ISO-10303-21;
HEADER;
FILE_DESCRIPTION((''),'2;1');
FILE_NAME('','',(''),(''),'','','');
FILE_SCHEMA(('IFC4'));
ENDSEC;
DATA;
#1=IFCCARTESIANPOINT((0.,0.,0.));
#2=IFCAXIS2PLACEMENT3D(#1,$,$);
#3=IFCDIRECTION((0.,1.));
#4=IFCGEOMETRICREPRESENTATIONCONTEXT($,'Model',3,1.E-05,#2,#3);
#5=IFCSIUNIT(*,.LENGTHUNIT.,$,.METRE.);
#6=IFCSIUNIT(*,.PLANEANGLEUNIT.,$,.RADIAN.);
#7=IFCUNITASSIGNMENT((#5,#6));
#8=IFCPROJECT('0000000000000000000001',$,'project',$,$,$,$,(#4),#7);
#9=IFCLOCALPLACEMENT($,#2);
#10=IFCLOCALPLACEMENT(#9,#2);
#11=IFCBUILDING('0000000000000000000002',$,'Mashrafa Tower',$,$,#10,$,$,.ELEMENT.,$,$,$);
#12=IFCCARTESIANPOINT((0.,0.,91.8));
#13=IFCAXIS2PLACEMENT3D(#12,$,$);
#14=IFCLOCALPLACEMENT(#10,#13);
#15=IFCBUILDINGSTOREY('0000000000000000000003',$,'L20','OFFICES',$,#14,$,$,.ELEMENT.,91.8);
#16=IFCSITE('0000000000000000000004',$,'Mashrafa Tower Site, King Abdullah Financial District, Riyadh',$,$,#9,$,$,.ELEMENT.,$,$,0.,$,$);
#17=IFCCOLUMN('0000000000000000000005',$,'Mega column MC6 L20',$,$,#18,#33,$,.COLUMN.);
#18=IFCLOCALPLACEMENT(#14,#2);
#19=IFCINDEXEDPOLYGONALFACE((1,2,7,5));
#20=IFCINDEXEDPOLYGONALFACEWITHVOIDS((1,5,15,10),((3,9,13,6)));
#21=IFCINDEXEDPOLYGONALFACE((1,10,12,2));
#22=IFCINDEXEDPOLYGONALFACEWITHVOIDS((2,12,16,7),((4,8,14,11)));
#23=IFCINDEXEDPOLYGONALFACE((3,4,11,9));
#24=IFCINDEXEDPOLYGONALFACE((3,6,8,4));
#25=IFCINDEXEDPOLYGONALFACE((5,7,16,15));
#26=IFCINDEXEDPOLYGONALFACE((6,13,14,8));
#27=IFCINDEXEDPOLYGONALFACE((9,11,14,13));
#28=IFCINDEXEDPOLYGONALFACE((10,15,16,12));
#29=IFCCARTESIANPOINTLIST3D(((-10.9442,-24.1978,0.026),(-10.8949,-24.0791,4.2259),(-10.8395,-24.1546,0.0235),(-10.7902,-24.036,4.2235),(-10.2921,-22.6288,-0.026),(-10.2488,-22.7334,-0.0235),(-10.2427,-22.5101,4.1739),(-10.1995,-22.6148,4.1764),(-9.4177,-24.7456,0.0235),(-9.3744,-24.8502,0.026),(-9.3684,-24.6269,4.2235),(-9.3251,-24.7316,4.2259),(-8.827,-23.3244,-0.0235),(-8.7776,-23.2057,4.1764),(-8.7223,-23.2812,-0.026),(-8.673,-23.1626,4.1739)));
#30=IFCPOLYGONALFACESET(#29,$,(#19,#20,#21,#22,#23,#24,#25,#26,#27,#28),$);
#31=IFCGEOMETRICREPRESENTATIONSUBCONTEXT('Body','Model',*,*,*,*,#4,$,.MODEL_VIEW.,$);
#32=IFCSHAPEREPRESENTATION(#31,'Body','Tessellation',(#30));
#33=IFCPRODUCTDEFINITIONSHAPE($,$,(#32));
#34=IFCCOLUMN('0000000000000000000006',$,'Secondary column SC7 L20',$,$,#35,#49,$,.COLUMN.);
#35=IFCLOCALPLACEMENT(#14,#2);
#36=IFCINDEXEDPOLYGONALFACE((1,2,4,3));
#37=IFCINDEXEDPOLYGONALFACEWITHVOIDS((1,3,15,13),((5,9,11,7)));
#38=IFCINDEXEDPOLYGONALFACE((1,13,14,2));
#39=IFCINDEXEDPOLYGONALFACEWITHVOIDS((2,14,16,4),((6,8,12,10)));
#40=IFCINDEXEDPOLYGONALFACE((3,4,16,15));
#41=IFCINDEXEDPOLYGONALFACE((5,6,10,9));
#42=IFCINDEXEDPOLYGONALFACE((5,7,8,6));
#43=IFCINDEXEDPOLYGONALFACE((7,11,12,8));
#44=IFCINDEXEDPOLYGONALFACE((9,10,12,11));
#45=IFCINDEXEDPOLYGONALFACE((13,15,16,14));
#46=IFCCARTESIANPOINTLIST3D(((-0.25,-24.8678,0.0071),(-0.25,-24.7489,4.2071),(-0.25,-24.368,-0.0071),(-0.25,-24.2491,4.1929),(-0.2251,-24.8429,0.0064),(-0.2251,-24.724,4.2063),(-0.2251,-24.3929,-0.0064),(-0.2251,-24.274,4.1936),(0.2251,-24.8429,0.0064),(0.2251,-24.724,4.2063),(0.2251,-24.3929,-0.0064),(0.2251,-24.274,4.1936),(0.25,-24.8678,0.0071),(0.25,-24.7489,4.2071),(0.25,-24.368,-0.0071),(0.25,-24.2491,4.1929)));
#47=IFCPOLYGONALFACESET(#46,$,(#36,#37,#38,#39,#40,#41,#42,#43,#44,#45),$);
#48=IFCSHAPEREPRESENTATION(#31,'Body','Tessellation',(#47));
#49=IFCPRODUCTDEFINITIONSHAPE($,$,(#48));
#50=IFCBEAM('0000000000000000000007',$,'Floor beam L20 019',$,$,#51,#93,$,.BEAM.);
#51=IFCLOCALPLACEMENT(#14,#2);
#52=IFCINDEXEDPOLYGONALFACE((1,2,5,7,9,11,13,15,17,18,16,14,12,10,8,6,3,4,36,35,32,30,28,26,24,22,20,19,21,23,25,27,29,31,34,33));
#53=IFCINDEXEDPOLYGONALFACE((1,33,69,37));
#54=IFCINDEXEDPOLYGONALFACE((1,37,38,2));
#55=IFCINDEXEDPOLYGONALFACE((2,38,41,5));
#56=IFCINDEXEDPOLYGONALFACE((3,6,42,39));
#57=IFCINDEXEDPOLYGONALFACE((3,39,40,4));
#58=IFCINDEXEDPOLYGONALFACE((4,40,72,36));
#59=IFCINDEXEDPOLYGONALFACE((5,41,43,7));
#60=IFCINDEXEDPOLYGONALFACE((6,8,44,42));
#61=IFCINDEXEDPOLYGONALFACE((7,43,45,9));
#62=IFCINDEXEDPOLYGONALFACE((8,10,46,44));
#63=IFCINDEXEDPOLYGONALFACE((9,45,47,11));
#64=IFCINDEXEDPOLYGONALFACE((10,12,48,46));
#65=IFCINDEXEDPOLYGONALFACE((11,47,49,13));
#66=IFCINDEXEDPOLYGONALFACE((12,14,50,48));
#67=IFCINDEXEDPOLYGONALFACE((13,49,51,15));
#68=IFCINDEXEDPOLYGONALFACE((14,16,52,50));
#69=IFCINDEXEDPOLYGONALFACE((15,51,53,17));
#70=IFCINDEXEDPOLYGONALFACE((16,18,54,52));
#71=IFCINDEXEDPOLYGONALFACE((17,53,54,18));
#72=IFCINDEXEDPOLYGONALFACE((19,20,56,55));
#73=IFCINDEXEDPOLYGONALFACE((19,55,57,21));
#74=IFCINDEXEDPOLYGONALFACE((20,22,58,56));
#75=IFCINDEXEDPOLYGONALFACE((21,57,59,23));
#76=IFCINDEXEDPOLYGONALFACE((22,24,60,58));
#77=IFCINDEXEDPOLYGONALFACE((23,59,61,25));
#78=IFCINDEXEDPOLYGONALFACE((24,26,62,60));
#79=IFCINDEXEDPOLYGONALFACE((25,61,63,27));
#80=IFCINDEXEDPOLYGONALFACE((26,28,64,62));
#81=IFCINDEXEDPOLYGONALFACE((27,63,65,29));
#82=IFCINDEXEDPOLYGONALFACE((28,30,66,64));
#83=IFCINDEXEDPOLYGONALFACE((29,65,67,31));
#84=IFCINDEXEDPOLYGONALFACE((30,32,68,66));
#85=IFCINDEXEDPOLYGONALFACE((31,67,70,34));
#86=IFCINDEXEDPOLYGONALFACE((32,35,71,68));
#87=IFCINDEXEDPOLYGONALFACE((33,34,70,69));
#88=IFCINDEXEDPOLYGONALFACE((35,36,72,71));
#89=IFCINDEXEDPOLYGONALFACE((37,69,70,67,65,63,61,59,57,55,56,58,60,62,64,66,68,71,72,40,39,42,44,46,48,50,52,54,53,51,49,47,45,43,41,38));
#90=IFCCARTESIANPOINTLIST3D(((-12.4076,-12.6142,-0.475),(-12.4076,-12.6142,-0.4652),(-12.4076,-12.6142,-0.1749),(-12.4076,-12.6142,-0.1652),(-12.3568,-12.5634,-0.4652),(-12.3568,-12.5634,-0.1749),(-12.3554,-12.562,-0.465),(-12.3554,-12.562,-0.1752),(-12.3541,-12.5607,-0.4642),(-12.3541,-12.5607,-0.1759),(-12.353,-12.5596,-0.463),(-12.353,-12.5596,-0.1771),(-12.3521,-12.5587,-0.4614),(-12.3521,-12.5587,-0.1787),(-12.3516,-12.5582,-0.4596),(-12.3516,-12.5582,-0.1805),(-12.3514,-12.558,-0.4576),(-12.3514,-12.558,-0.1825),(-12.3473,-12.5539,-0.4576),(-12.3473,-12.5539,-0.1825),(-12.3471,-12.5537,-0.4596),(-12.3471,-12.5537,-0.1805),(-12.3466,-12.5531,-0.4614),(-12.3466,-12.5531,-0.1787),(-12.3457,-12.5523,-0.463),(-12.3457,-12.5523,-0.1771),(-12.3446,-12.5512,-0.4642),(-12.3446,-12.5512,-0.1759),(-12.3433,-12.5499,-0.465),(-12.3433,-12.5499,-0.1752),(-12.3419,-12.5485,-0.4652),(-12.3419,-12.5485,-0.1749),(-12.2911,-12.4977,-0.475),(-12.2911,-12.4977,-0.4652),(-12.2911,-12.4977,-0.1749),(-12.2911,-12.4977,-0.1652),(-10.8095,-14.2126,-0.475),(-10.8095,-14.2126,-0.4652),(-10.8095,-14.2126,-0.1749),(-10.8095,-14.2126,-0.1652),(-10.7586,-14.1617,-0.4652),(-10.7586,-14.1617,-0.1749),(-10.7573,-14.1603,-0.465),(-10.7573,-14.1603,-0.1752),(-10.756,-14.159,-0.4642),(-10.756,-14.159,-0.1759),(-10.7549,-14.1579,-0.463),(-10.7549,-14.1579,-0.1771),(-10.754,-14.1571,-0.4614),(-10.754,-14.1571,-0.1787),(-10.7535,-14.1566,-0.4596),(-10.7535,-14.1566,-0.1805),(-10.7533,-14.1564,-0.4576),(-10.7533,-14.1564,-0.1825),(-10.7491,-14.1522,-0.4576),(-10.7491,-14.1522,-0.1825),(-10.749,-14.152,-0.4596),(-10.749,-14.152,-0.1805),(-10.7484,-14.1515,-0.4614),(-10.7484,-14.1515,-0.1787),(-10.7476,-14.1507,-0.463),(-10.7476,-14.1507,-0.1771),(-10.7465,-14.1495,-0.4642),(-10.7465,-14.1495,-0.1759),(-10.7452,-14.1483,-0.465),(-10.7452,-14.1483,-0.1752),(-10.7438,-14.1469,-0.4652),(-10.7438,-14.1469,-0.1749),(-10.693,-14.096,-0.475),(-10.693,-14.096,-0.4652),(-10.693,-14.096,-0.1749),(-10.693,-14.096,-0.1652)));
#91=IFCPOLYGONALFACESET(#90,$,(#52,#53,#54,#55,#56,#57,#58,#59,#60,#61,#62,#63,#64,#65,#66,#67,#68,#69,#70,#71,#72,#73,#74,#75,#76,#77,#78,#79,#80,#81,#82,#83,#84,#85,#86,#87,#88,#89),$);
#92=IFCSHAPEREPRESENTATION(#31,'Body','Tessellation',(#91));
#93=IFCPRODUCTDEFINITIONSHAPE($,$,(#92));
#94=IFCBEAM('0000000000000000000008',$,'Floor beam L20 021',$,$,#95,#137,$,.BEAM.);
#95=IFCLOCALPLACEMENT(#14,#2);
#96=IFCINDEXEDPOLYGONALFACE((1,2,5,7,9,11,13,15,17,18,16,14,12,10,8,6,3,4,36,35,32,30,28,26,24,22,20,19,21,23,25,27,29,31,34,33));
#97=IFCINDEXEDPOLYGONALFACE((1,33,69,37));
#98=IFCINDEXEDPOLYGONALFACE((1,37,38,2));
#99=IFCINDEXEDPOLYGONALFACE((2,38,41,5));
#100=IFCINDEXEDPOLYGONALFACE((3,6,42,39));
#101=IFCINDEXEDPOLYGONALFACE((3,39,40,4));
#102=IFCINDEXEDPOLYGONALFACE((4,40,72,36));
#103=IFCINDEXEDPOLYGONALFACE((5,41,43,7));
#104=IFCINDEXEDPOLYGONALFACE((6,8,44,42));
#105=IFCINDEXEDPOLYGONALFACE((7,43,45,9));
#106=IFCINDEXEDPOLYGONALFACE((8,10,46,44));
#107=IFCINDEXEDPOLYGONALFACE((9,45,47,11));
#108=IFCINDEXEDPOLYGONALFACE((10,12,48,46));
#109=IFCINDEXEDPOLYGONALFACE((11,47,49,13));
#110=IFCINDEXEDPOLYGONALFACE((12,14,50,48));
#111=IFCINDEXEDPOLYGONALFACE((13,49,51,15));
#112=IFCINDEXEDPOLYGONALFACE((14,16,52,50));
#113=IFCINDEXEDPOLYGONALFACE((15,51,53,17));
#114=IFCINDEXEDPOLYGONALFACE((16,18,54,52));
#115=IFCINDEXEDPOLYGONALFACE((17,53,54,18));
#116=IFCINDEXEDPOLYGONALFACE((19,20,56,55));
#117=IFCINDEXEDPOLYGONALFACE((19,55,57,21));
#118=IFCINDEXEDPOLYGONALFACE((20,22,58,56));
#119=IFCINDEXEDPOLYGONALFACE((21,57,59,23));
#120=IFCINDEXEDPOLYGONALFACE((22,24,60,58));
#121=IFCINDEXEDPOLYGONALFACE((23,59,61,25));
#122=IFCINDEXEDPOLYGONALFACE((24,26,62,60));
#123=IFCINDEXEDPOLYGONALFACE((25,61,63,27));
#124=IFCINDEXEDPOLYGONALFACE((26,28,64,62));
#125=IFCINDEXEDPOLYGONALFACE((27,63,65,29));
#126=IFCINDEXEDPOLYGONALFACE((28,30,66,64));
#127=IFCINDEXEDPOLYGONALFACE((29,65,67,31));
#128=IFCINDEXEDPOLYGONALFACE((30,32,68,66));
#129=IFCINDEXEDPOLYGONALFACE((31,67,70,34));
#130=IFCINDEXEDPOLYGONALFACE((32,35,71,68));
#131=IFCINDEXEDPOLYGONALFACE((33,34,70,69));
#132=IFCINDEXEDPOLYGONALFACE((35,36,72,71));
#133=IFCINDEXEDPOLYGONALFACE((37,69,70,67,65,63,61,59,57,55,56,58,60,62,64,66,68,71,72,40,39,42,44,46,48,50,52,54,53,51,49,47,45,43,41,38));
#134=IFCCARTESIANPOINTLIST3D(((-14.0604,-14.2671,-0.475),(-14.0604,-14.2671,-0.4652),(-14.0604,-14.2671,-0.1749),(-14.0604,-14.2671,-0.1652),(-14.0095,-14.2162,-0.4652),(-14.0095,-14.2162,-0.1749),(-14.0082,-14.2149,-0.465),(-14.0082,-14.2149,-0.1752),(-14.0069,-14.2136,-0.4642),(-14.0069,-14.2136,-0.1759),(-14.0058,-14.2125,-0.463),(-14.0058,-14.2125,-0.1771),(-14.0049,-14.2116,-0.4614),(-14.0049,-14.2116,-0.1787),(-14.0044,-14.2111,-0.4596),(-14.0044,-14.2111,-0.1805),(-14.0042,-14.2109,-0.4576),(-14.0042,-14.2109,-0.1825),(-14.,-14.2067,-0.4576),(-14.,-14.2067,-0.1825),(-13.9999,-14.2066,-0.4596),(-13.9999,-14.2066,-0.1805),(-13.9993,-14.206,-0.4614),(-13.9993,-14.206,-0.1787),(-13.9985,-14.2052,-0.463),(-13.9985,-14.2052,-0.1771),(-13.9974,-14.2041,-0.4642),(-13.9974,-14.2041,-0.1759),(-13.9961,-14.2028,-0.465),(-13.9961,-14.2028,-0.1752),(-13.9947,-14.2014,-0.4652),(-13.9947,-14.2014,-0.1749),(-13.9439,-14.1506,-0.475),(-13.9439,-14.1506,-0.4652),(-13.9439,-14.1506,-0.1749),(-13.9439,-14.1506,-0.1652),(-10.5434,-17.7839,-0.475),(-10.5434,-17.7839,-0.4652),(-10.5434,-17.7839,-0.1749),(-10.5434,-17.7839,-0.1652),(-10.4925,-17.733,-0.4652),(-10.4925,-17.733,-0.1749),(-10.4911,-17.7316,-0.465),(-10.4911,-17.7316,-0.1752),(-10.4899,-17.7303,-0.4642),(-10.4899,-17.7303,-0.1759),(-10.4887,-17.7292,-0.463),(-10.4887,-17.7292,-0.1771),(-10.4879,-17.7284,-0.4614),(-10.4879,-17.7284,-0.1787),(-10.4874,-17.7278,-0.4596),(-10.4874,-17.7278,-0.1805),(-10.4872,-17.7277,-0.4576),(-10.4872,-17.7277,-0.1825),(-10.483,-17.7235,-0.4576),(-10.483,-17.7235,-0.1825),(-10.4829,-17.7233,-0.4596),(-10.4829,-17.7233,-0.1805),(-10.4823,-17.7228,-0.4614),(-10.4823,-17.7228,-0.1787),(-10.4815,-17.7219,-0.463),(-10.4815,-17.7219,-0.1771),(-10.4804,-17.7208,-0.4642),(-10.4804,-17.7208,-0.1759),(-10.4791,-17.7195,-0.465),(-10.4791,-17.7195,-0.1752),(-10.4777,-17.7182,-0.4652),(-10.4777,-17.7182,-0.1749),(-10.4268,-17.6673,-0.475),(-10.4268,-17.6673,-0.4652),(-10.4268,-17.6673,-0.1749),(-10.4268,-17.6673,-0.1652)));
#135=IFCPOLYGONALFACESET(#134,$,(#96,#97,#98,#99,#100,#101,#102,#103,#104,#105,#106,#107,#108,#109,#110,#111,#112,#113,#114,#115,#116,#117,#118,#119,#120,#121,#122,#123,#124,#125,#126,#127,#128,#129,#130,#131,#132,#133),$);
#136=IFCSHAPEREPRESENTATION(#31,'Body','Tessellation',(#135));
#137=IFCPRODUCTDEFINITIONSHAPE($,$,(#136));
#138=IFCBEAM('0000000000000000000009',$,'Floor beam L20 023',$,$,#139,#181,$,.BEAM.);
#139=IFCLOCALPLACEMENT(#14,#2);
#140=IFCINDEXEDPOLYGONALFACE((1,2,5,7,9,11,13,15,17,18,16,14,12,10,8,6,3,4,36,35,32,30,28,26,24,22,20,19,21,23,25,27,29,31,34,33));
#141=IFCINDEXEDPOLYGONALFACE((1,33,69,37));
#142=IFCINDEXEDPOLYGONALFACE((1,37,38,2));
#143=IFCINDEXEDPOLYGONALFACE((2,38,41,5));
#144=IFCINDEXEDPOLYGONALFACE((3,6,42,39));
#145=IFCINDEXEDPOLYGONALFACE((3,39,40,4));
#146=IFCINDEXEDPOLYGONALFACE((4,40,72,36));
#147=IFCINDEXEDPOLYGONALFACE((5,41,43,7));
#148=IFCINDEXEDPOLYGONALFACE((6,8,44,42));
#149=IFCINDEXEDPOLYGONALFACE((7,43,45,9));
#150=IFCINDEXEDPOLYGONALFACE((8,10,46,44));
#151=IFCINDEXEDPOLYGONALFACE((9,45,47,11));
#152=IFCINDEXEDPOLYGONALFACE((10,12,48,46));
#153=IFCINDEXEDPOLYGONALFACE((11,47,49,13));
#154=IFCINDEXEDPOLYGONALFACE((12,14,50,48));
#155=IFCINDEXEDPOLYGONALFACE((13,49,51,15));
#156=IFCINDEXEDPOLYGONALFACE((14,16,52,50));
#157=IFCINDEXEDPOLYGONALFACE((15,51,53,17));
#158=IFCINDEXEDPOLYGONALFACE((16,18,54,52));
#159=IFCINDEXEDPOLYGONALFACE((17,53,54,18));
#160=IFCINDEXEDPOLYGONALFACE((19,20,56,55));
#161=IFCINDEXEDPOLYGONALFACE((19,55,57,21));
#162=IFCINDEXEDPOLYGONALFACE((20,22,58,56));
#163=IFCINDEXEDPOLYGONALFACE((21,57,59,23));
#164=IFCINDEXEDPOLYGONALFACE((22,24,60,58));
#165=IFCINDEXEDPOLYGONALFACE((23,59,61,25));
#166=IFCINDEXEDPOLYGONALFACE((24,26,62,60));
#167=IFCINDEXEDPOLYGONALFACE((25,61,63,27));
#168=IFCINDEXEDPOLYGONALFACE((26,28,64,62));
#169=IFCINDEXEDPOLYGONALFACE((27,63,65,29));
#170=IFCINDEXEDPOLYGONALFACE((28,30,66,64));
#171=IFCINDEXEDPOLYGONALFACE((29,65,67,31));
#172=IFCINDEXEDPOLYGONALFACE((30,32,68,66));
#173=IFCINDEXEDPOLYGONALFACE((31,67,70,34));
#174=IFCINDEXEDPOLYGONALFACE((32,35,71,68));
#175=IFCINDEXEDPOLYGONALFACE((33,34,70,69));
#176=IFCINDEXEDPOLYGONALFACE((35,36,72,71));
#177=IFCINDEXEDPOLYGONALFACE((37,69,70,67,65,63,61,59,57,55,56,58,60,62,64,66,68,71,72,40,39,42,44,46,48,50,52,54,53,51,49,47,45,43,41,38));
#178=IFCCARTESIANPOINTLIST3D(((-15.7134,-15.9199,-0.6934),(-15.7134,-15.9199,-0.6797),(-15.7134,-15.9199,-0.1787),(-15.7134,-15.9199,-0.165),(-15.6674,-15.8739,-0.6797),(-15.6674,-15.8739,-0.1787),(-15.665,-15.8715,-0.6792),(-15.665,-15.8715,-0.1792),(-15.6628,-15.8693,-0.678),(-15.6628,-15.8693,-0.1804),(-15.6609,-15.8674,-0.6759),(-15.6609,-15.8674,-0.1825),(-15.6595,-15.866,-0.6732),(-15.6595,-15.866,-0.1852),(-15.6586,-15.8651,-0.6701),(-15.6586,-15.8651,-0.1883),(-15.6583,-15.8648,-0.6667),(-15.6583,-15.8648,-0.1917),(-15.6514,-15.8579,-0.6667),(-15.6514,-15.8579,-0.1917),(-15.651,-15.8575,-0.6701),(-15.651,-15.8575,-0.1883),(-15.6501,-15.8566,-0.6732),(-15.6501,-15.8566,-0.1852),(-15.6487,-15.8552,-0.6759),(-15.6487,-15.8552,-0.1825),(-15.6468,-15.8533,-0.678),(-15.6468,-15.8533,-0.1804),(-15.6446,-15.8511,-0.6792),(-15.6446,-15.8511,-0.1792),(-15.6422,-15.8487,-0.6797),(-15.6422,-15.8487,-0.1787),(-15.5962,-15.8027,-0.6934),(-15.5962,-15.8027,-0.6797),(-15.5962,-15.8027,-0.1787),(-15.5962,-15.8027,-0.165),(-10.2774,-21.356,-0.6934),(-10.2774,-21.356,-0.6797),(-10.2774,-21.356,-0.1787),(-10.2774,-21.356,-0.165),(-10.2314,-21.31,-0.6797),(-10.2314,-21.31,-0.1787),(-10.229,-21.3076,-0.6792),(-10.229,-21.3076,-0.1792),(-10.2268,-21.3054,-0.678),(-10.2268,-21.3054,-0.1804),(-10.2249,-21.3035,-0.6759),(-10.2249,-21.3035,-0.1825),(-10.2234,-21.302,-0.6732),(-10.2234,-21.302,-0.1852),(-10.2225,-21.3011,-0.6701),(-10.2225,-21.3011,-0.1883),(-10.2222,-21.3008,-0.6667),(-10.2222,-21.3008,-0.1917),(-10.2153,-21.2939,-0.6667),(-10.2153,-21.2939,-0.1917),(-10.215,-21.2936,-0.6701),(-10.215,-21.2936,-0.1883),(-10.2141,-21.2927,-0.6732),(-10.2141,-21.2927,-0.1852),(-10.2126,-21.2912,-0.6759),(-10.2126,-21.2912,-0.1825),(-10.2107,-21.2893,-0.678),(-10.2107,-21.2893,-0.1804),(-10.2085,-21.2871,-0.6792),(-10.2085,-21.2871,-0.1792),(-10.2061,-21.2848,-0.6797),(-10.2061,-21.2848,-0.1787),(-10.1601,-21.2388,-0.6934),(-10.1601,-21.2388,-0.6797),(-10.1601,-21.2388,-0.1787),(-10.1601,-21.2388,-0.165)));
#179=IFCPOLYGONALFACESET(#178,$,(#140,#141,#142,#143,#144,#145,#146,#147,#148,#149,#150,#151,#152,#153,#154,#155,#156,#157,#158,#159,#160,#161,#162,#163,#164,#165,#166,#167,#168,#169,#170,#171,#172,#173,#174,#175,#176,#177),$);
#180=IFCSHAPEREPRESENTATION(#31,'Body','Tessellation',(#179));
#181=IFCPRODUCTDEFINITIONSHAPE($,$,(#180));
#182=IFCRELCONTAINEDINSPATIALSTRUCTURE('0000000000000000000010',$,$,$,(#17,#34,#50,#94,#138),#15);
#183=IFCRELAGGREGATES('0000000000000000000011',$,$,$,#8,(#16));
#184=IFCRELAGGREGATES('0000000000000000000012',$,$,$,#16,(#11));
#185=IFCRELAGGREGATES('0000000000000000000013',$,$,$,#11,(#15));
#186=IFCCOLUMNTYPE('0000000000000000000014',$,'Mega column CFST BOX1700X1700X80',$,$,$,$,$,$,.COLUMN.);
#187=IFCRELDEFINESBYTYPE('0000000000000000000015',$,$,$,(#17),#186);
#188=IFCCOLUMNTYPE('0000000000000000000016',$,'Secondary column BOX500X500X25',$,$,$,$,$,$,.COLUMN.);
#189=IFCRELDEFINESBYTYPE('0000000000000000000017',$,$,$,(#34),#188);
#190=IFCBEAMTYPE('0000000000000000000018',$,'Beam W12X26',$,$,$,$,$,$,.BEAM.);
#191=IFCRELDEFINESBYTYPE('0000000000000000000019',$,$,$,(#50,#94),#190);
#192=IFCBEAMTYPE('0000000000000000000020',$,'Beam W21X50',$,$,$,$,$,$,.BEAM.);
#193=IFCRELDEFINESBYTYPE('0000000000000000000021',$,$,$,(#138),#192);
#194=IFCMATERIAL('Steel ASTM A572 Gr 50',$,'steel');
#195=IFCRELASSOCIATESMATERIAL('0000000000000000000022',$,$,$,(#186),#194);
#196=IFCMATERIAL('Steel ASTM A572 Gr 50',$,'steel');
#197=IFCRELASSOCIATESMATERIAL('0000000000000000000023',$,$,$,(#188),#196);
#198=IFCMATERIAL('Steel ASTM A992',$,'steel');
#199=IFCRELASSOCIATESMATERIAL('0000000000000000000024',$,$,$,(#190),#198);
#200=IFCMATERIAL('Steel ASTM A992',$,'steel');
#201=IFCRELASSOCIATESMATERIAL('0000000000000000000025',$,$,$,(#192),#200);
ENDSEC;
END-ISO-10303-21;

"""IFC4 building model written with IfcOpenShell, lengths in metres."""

from ifc_helpers import new_model, si_unit, direction, frame, origin, origin_2d, place, context, subcontext, project, spatial, hollow_rectangle, i_section, extrude, material, material_profile, profile_set, type_object, element, save


model = new_model("IFC4")

# Units and contexts
model_context = context("Model", 3, precision=1e-05, world=origin(), true_north=direction((0.0, 1.0)))
body_context = subcontext(model_context, "Body", "Model", "MODEL_VIEW")
ifc_project = project(units=[si_unit("LENGTHUNIT", "METRE"), si_unit("PLANEANGLEUNIT", "RADIAN")], contexts=[model_context])

# Site, building, storey
site_placement = place(None, origin())
site = spatial("IfcSite", under=ifc_project, at=site_placement, Name="Mashrafa Tower Site, King Abdullah Financial District, Riyadh", CompositionType="ELEMENT", RefElevation=0.0)
building_placement = place(site_placement, origin())
building = spatial("IfcBuilding", under=site, at=building_placement, Name="Mashrafa Tower", CompositionType="ELEMENT")
storey_placement = place(building_placement, frame((0.0, 0.0, 91.8)))
storey = spatial("IfcBuildingStorey", under=building, at=storey_placement, Name="L20", Description="OFFICES", CompositionType="ELEMENT", Elevation=91.8)

# Columns
ifc_material_1 = material(Name="Steel ASTM A572 Gr 50", Category="steel")
ifc_material_profile_1 = material_profile(ifc_material_1, hollow_rectangle(XDim=1.7, YDim=1.7, WallThickness=0.0801, at=origin_2d()), Name="BOX1700X1700X80")
ifc_profile_set_1 = profile_set([ifc_material_profile_1], Name="Steel ASTM A572 Gr 50")
column_type_1 = type_object("IfcColumnType", Name="Mega column CFST BOX1700X1700X80", PredefinedType="COLUMN", material=ifc_profile_set_1)
column_1_placement = place(storey_placement, frame((-9.8333, -23.7395, 0.0), z_axis=(0.011737, 0.028238, 0.999532), x_axis=(-0.923414, 0.383806, 0.0)))
element("IfcColumn", 1, at=column_1_placement, inside=storey, type_object=column_type_1, Name="Mega column MC6 L20", PredefinedType="COLUMN", context=body_context, shape_type="SweptSolid", body=[
    extrude(hollow_rectangle(XDim=1.7, YDim=1.7, WallThickness=0.0801, at=origin_2d()), origin(), (0.0, 0.0, 1.0), 4.2019),
])
ifc_material_2 = material(Name="Steel ASTM A572 Gr 50", Category="steel")
ifc_material_profile_2 = material_profile(ifc_material_2, hollow_rectangle(XDim=0.5, YDim=0.5, WallThickness=0.0249, at=origin_2d()), Name="BOX500X500X25")
ifc_profile_set_2 = profile_set([ifc_material_profile_2], Name="Steel ASTM A572 Gr 50")
column_type_2 = type_object("IfcColumnType", Name="Secondary column BOX500X500X25", PredefinedType="COLUMN", material=ifc_profile_set_2)
column_2_placement = place(storey_placement, frame((0.0, -24.6179, 0.0), z_axis=(0.0, 0.028298, 0.9996), x_axis=(-1.0, 0.0, 0.0)))
element("IfcColumn", 2, at=column_2_placement, inside=storey, type_object=column_type_2, Name="Secondary column SC7 L20", PredefinedType="COLUMN", context=body_context, shape_type="SweptSolid", body=[
    extrude(hollow_rectangle(XDim=0.5, YDim=0.5, WallThickness=0.0249, at=origin_2d()), origin(), (0.0, 0.0, 1.0), 4.2017),
])

# Beams
ifc_material_3 = material(Name="Steel ASTM A992", Category="steel")
ifc_material_profile_3 = material_profile(ifc_material_3, i_section(OverallWidth=0.1648, OverallDepth=0.3098, WebThickness=0.0059, FlangeThickness=0.0098, FilletRadius=0.0076, at=origin_2d()), Name="W12X26")
ifc_profile_set_3 = profile_set([ifc_material_profile_3], Name="Steel ASTM A992")
beam_type_1 = type_object("IfcBeamType", Name="Beam W12X26", PredefinedType="BEAM", material=ifc_profile_set_3)
beam_1_placement = place(storey_placement, frame((-10.7512, -14.1543, -0.3201), z_axis=(-0.707053, 0.707161, 0.0), x_axis=(-0.707161, -0.707053, 0.0)))
element("IfcBeam", 3, at=beam_1_placement, inside=storey, type_object=beam_type_1, Name="Floor beam L20 019", PredefinedType="BEAM", context=body_context, shape_type="SweptSolid", body=[
    extrude(i_section(OverallWidth=0.1648, OverallDepth=0.3098, WebThickness=0.0059, FlangeThickness=0.0098, FilletRadius=0.0076, at=origin_2d()), origin(), (0.0, 0.0, 1.0), 2.2603),
])
beam_2_placement = place(storey_placement, frame((-10.4851, -17.7256, -0.3201), z_axis=(-0.707131, 0.707082, 0.0), x_axis=(-0.707082, -0.707131, 0.0)))
element("IfcBeam", 4, at=beam_2_placement, inside=storey, type_object=beam_type_1, Name="Floor beam L20 021", PredefinedType="BEAM", context=body_context, shape_type="SweptSolid", body=[
    extrude(i_section(OverallWidth=0.1648, OverallDepth=0.3098, WebThickness=0.0059, FlangeThickness=0.0098, FilletRadius=0.0076, at=origin_2d()), origin(), (0.0, 0.0, 1.0), 4.9736),
])
ifc_material_4 = material(Name="Steel ASTM A992", Category="steel")
ifc_material_profile_4 = material_profile(ifc_material_4, i_section(OverallWidth=0.1658, OverallDepth=0.5283, WebThickness=0.0098, FlangeThickness=0.0137, FilletRadius=0.0129, at=origin_2d()), Name="W21X50")
ifc_profile_set_4 = profile_set([ifc_material_profile_4], Name="Steel ASTM A992")
beam_type_2 = type_object("IfcBeamType", Name="Beam W21X50", PredefinedType="BEAM", material=ifc_profile_set_4)
beam_3_placement = place(storey_placement, frame((-10.2188, -21.2974, -0.4292), z_axis=(-0.707107, 0.707107, 0.0), x_axis=(-0.707107, -0.707107, 0.0)))
element("IfcBeam", 5, at=beam_3_placement, inside=storey, type_object=beam_type_2, Name="Floor beam L20 023", PredefinedType="BEAM", context=body_context, shape_type="SweptSolid", body=[
    extrude(i_section(OverallWidth=0.1658, OverallDepth=0.5283, WebThickness=0.0098, FlangeThickness=0.0137, FilletRadius=0.0129, at=origin_2d()), origin(), (0.0, 0.0, 1.0), 7.6877),
])

save(model, "model.ifc")
